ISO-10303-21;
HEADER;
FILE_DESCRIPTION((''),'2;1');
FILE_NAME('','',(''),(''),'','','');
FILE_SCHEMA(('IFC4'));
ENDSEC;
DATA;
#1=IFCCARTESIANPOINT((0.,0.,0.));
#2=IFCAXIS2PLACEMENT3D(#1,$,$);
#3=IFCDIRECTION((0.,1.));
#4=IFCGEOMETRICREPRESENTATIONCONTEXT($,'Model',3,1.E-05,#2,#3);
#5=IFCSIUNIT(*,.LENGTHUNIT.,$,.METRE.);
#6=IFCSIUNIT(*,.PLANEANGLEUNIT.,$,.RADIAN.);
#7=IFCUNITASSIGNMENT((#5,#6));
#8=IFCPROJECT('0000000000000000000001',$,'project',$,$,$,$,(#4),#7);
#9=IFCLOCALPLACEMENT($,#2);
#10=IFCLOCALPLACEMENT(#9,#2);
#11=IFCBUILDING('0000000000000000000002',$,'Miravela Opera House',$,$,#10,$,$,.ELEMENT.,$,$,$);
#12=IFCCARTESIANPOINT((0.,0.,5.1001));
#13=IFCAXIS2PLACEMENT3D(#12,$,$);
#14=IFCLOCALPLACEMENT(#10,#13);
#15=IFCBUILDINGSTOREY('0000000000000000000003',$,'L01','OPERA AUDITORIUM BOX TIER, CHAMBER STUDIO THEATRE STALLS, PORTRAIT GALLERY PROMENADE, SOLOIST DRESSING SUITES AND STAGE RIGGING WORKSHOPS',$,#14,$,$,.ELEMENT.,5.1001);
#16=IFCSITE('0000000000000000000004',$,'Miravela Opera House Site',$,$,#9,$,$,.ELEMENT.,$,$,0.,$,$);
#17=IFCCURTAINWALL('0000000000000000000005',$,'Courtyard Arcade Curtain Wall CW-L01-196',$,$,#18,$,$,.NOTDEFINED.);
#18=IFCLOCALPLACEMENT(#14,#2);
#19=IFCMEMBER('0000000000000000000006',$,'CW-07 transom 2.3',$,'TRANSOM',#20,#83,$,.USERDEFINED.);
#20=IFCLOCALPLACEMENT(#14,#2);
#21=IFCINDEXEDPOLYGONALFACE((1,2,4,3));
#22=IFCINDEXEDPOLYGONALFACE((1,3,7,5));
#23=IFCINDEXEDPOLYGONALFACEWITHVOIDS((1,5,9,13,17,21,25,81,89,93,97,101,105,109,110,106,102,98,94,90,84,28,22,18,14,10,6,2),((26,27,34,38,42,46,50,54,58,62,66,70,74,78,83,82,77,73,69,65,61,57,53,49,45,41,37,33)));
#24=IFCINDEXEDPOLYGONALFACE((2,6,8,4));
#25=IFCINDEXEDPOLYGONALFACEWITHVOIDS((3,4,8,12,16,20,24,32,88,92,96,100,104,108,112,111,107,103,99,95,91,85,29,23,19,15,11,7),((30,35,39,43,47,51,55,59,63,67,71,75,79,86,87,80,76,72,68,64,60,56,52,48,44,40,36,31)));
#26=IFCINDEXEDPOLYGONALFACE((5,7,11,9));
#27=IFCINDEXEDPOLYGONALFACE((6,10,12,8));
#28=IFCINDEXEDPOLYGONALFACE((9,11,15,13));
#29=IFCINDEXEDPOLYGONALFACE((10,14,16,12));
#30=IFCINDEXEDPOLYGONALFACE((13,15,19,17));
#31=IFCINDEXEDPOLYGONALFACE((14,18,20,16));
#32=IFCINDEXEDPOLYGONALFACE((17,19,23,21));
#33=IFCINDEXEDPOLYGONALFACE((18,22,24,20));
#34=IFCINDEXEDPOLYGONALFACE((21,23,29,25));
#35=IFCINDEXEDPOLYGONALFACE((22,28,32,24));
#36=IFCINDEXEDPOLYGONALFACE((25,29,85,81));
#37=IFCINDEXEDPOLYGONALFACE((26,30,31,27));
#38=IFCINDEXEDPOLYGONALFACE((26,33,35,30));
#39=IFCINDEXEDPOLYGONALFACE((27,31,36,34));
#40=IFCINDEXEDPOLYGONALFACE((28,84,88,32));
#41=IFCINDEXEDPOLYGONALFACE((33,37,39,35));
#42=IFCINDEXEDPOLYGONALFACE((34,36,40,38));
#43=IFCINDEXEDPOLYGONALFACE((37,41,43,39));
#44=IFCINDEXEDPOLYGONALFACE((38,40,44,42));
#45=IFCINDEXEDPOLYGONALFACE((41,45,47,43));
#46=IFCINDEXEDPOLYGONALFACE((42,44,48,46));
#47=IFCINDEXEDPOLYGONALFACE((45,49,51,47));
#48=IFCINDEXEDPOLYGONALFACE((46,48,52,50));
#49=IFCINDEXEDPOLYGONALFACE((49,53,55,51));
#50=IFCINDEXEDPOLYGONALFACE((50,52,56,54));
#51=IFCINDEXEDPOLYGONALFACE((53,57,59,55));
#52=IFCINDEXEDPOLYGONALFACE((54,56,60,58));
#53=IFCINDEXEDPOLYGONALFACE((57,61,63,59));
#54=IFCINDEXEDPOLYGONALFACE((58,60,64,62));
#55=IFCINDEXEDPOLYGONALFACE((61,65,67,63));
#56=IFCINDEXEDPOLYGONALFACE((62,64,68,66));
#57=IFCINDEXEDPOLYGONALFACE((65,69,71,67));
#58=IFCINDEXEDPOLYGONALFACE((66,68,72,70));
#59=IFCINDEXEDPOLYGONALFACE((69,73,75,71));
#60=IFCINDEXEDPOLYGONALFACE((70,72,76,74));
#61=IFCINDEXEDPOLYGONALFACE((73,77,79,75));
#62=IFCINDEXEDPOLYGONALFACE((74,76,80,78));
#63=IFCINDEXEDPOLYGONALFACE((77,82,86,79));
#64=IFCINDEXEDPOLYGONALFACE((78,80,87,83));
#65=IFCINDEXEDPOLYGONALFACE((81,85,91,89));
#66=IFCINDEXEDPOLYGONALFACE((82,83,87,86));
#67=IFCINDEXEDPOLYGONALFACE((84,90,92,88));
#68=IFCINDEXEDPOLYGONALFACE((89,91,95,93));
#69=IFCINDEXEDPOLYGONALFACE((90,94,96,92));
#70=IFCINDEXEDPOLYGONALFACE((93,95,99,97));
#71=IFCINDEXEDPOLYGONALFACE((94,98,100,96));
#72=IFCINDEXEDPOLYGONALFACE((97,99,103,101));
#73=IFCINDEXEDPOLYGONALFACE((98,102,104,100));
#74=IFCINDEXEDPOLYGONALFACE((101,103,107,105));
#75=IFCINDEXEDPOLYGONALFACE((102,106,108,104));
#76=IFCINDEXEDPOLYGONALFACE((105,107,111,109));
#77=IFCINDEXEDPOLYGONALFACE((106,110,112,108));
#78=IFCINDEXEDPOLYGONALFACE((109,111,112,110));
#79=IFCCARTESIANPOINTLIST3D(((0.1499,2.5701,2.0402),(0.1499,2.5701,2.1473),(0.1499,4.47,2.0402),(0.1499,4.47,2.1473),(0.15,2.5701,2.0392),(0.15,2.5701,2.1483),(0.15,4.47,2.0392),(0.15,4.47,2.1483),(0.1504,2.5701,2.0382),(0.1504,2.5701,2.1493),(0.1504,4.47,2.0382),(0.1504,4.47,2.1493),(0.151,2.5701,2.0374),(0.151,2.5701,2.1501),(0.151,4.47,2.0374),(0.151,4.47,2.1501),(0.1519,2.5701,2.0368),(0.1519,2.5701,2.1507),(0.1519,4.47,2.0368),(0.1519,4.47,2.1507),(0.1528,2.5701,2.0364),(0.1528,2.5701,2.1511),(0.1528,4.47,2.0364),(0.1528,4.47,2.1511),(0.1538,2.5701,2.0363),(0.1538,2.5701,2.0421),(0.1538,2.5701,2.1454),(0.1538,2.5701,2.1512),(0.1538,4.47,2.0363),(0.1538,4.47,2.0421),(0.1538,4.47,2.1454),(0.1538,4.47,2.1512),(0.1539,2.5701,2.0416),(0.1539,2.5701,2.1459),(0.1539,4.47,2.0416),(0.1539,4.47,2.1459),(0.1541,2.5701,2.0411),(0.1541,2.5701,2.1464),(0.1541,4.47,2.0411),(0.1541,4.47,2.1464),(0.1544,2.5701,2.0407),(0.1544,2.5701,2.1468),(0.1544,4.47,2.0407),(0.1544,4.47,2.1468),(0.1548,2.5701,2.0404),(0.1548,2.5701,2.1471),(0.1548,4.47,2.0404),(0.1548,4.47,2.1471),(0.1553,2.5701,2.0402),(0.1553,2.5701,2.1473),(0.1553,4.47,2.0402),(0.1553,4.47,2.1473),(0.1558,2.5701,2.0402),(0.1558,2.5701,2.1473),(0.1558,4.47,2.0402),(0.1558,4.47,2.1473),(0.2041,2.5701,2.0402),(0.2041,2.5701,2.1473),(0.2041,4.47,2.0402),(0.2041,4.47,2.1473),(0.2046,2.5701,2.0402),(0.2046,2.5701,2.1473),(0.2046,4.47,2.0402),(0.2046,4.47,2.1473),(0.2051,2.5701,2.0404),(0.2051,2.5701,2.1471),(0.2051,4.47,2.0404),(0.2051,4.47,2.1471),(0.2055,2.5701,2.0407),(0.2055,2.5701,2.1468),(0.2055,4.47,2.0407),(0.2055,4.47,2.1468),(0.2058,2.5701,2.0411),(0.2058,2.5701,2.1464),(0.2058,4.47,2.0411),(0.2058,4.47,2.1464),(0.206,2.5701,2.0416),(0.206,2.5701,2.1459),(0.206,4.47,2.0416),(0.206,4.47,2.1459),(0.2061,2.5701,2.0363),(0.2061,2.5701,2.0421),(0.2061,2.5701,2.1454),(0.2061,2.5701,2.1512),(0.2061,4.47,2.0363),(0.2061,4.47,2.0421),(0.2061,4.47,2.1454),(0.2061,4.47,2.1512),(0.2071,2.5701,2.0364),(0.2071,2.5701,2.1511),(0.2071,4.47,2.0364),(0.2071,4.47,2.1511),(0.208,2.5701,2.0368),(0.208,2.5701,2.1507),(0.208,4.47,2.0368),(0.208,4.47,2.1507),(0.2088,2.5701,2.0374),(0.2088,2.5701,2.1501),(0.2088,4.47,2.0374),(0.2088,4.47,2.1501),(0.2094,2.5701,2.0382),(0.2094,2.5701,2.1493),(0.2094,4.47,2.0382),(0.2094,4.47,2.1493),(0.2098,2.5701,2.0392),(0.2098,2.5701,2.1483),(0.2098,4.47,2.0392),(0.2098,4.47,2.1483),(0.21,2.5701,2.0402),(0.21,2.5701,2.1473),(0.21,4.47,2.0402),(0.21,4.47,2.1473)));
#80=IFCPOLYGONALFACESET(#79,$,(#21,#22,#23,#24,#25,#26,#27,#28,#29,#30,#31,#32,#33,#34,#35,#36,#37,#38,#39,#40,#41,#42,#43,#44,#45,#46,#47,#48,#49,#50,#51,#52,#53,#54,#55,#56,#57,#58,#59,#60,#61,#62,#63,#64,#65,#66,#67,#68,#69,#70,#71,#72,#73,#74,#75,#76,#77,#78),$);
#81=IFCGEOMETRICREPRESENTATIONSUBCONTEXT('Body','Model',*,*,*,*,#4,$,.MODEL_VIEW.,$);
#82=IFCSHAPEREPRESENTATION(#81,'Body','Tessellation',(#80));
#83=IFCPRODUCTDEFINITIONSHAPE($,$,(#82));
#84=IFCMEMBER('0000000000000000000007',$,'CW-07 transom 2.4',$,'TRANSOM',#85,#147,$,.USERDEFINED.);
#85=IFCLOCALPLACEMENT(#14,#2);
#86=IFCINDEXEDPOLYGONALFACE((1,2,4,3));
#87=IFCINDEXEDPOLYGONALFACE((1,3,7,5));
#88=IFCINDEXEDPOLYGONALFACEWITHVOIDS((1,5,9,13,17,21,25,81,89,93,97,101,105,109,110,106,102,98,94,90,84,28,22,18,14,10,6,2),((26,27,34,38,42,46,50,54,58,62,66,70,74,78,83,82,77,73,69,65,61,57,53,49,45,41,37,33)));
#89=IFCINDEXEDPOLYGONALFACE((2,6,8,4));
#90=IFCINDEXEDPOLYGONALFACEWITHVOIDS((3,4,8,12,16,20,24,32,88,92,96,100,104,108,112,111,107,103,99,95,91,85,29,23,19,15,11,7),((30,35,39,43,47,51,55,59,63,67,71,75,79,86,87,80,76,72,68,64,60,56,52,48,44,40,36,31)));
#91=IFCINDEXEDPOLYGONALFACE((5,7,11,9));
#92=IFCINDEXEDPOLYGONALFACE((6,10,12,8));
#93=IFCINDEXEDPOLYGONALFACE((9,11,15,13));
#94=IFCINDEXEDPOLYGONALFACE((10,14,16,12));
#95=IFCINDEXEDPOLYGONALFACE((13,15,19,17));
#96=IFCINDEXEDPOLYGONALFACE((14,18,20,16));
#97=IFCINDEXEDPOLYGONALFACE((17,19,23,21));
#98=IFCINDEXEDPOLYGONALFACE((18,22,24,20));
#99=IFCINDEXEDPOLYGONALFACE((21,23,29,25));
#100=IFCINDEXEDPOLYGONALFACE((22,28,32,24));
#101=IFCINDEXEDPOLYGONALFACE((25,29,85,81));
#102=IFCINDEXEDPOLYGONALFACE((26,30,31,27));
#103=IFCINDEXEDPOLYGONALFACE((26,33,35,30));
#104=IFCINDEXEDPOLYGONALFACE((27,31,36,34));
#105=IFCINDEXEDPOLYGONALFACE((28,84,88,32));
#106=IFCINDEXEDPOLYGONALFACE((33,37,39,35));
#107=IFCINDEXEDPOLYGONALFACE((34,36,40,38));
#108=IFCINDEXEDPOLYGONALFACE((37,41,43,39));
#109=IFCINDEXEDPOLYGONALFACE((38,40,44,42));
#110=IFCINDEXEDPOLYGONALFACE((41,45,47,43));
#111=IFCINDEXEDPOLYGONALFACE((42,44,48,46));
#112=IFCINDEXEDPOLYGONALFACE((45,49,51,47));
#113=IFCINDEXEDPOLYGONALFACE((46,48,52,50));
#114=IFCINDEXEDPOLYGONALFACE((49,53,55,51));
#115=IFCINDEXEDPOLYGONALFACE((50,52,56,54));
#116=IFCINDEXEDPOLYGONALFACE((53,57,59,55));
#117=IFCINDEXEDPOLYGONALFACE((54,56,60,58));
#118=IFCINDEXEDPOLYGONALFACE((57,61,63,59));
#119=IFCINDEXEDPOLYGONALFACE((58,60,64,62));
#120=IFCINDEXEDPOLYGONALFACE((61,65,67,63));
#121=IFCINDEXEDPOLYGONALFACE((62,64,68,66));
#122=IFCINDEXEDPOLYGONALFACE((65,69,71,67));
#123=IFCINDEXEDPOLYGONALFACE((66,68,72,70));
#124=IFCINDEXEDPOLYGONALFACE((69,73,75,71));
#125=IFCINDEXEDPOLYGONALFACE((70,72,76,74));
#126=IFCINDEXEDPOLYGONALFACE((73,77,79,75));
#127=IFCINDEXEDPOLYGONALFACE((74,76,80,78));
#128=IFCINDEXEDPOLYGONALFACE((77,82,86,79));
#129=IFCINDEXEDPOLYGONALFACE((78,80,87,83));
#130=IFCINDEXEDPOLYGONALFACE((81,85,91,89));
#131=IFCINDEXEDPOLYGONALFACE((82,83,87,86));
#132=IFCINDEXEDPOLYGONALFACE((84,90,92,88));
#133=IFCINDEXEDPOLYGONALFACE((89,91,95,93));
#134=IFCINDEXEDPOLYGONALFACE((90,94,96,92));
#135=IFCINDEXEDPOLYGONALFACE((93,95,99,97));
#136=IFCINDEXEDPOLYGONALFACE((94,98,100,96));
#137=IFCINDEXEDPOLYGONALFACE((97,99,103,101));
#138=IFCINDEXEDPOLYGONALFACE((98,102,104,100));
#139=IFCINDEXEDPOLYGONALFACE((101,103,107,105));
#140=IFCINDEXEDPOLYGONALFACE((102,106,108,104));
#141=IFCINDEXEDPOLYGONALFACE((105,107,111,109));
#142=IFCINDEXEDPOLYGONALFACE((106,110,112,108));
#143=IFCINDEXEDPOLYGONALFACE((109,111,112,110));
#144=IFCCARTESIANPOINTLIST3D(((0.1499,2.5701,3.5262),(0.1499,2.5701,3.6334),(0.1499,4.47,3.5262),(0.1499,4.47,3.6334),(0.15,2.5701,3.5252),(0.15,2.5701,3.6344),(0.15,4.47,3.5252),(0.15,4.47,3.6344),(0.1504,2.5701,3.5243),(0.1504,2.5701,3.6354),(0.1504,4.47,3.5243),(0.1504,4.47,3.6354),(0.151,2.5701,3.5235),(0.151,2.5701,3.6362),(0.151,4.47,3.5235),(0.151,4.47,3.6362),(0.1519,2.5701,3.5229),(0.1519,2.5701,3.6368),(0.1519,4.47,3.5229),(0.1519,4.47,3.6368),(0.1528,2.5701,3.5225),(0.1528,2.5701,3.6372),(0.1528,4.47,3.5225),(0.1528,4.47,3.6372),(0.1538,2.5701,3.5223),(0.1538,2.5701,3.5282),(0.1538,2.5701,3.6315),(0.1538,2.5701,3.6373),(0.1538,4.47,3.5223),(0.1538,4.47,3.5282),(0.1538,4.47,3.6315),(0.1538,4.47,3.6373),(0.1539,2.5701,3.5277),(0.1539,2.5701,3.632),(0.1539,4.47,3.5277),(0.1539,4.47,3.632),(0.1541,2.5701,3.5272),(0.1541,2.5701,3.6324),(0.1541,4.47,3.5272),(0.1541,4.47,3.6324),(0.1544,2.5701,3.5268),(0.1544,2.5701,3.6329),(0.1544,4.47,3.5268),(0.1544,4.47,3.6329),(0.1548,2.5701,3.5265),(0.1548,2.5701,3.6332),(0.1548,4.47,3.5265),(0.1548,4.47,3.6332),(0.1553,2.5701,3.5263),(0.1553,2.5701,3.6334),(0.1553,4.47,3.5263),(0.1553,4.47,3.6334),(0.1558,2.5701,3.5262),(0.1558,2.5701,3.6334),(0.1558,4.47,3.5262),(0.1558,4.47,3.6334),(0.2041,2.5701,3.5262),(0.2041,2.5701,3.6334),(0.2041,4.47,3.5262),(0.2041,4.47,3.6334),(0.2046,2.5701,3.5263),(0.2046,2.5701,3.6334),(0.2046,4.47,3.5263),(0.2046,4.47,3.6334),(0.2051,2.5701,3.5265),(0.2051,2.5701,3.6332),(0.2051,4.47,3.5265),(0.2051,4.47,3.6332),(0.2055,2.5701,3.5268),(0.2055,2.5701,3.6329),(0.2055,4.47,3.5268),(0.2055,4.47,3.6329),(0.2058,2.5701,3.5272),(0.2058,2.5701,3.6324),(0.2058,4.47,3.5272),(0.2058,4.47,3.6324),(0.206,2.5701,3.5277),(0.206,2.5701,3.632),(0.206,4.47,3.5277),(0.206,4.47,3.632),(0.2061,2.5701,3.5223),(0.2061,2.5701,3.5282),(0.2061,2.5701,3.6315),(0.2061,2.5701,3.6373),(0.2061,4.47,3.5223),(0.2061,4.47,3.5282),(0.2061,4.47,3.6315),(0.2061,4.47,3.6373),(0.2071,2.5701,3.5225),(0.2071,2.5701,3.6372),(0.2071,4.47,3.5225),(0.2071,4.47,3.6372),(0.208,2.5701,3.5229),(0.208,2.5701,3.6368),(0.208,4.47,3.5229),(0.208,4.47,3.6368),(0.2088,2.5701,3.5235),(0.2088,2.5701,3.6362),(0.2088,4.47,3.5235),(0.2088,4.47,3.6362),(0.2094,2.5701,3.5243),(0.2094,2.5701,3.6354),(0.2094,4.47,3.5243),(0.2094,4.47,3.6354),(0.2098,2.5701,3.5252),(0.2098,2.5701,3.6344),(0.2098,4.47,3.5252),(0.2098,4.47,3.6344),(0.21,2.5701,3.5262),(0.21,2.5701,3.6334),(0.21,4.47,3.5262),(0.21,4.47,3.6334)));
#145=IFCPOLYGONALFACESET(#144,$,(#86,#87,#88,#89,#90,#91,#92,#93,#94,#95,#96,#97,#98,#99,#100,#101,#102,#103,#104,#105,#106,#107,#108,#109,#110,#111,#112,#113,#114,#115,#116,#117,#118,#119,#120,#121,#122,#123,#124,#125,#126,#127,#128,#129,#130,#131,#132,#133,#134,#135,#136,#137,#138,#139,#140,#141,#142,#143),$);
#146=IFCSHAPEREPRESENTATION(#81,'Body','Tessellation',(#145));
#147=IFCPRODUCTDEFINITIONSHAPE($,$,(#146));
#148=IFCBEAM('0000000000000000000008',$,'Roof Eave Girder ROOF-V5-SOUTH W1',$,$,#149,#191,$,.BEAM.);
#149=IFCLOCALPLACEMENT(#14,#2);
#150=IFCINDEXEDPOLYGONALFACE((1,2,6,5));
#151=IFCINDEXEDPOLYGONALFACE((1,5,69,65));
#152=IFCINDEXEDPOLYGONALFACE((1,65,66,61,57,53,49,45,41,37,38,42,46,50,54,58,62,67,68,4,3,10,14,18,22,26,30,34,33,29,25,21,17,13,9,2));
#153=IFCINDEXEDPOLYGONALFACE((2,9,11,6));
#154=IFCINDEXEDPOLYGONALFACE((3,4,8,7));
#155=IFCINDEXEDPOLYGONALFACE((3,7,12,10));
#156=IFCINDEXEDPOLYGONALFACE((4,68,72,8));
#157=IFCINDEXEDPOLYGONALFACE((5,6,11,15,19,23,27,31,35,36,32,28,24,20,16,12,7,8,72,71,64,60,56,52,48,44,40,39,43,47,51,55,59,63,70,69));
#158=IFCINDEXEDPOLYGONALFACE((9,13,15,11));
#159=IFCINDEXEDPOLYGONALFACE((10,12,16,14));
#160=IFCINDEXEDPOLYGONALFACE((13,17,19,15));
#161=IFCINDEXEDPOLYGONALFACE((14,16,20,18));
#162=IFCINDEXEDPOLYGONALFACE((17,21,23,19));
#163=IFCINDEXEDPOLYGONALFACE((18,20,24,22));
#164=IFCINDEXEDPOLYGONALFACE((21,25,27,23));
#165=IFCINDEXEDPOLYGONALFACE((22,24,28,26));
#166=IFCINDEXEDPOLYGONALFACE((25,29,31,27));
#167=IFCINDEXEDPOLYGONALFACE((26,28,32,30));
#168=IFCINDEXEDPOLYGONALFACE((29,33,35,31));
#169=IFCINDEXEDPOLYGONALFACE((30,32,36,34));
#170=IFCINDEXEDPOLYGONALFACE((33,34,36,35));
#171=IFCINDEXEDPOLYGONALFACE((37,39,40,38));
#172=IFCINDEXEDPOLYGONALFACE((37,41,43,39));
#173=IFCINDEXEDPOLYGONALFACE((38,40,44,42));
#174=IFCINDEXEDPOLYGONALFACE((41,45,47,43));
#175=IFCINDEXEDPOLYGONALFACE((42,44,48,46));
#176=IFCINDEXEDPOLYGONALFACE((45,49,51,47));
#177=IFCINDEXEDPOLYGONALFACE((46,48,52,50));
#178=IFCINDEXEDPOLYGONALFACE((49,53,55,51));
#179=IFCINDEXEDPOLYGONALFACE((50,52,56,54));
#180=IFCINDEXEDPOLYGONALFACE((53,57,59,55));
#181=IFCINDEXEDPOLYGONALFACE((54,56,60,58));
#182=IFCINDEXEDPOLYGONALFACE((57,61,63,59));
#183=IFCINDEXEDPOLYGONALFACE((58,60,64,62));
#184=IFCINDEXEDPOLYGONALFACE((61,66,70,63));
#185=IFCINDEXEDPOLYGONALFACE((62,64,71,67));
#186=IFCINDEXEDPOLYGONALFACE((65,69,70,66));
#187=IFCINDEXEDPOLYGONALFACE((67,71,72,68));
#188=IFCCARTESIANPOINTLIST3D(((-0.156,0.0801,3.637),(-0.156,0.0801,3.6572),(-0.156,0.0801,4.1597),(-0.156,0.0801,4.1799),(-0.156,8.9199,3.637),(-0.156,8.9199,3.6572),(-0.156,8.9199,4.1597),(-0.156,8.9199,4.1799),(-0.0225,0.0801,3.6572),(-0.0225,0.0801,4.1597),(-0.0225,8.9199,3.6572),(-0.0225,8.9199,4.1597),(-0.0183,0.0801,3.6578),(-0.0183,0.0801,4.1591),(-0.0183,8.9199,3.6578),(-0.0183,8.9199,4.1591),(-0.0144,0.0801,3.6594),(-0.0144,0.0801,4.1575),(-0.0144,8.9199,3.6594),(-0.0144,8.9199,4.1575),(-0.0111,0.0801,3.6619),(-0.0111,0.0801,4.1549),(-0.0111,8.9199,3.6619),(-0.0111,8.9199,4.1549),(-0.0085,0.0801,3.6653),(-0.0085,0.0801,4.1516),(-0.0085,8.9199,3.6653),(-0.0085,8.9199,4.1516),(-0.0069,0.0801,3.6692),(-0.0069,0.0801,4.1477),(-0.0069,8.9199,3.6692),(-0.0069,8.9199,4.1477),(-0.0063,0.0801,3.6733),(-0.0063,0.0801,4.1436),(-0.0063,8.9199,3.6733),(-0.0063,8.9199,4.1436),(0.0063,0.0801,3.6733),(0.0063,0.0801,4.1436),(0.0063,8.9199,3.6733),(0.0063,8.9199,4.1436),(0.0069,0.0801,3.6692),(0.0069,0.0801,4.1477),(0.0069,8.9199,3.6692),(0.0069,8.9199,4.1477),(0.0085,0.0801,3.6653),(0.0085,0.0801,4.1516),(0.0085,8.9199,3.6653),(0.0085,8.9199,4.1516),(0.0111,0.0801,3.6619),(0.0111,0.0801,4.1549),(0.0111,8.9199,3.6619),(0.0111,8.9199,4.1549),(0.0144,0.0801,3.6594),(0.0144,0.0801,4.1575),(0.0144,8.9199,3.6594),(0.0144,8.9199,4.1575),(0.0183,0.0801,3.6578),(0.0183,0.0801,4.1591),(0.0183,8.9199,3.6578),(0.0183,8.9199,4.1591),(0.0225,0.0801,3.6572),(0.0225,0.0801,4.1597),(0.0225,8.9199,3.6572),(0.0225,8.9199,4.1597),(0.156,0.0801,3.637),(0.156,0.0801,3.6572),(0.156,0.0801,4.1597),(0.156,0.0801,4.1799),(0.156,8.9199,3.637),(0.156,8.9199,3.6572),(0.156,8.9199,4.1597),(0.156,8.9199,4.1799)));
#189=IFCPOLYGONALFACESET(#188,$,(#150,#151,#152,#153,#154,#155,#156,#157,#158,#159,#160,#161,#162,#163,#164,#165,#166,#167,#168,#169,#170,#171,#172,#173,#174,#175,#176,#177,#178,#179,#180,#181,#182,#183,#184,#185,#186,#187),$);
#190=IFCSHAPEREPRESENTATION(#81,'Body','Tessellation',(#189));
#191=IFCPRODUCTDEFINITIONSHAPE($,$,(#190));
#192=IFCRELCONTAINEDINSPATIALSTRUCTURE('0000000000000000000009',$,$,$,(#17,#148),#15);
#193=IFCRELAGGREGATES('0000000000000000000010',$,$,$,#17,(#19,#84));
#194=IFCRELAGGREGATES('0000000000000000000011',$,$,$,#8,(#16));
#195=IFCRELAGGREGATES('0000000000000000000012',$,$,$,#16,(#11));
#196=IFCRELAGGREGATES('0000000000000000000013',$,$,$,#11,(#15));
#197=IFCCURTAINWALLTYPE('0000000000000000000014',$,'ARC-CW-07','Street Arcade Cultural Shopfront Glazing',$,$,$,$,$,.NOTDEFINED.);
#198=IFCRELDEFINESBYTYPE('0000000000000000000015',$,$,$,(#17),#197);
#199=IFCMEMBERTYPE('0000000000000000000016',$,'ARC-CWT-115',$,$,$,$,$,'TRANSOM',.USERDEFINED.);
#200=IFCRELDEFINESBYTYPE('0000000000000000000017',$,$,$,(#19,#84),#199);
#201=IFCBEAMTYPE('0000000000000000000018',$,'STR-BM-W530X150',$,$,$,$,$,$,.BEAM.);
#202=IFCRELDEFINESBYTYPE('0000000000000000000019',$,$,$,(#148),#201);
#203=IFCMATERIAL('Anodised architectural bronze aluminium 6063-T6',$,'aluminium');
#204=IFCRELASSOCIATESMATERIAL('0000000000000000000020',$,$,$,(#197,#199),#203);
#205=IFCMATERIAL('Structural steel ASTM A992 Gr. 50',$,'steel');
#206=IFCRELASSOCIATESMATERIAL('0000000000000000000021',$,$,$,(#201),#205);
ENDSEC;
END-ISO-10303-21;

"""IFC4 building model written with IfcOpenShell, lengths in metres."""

from ifc_helpers import new_model, si_unit, direction, frame, origin, origin_2d, place, context, subcontext, project, spatial, hollow_rectangle, i_section, extrude, material, material_profile, profile_set, type_object, element, aggregate, save


model = new_model("IFC4")

# Units and contexts
model_context = context("Model", 3, precision=1e-05, world=origin(), true_north=direction((0.0, 1.0)))
body_context = subcontext(model_context, "Body", "Model", "MODEL_VIEW")
ifc_project = project(units=[si_unit("LENGTHUNIT", "METRE"), si_unit("PLANEANGLEUNIT", "RADIAN")], contexts=[model_context])

# Site, building, storey
site_placement = place(None, origin())
site = spatial("IfcSite", under=ifc_project, at=site_placement, Name="Miravela Opera House Site", CompositionType="ELEMENT", RefElevation=0.0)
building_placement = place(site_placement, origin())
building = spatial("IfcBuilding", under=site, at=building_placement, Name="Miravela Opera House", CompositionType="ELEMENT")
storey_placement = place(building_placement, frame((0.0, 0.0, 5.1001)))
storey = spatial("IfcBuildingStorey", under=building, at=storey_placement, Name="L01", Description="OPERA AUDITORIUM BOX TIER, CHAMBER STUDIO THEATRE STALLS, PORTRAIT GALLERY PROMENADE, SOLOIST DRESSING SUITES AND STAGE RIGGING WORKSHOPS", CompositionType="ELEMENT", Elevation=5.1001)

# Curtain wall, members
ifc_material_1 = material(Name="Anodised architectural bronze aluminium 6063-T6", Category="aluminium")
curtain_wall_type = type_object("IfcCurtainWallType", Name="ARC-CW-07", Description="Street Arcade Cultural Shopfront Glazing", PredefinedType="NOTDEFINED", material=ifc_material_1)
curtain_wall_placement = place(storey_placement, origin())
curtain_wall = element("IfcCurtainWall", 1, at=curtain_wall_placement, inside=storey, type_object=curtain_wall_type, Name="Courtyard Arcade Curtain Wall CW-L01-196", PredefinedType="NOTDEFINED")
ifc_material_profile_1 = material_profile(ifc_material_1, hollow_rectangle(XDim=0.0601, YDim=0.115, WallThickness=0.0039, InnerFilletRadius=0.002, OuterFilletRadius=0.0039, at=origin_2d()), Name="CWT-60X115")
ifc_profile_set_1 = profile_set([ifc_material_profile_1])
member_type_1 = type_object("IfcMemberType", Name="ARC-CWT-115", ElementType="TRANSOM", PredefinedType="USERDEFINED", material=ifc_profile_set_1)
member_1_placement = place(storey_placement, frame((0.1799, 2.5701, 2.0938), z_axis=(0.0, 1.0, 0.0), x_axis=(-1.0, 0.0, 0.0)))
member_1 = element("IfcMember", 2, at=member_1_placement, type_object=member_type_1, Name="CW-07 transom 2.3", ObjectType="TRANSOM", PredefinedType="USERDEFINED", context=body_context, shape_type="SweptSolid", body=[
    extrude(hollow_rectangle(XDim=0.0601, YDim=0.115, WallThickness=0.0039, InnerFilletRadius=0.002, OuterFilletRadius=0.0039, at=origin_2d()), origin(), (0.0, 0.0, 1.0), 1.8999),
])
member_2_placement = place(storey_placement, frame((0.1799, 2.5701, 3.5798), z_axis=(0.0, 1.0, 0.0), x_axis=(-1.0, 0.0, 0.0)))
member_2 = element("IfcMember", 3, at=member_2_placement, type_object=member_type_1, Name="CW-07 transom 2.4", ObjectType="TRANSOM", PredefinedType="USERDEFINED", context=body_context, shape_type="SweptSolid", body=[
    extrude(hollow_rectangle(XDim=0.0601, YDim=0.115, WallThickness=0.0039, InnerFilletRadius=0.002, OuterFilletRadius=0.0039, at=origin_2d()), origin(), (0.0, 0.0, 1.0), 1.8999),
])

# Beam
ifc_material_2 = material(Name="Structural steel ASTM A992 Gr. 50", Category="steel")
ifc_material_profile_2 = material_profile(ifc_material_2, i_section(OverallWidth=0.312, OverallDepth=0.543, WebThickness=0.0127, FlangeThickness=0.0203, FilletRadius=0.0161, at=origin_2d()), Name="W530X150")
ifc_profile_set_2 = profile_set([ifc_material_profile_2])
beam_type = type_object("IfcBeamType", Name="STR-BM-W530X150", PredefinedType="BEAM", material=ifc_profile_set_2)
for number, where, z_axis, x_axis, name in (
    (4, (0.0, 0.0801, 3.9084), (0.0, 1.0, 0.0), (-1.0, 0.0, 0.0), "Roof Eave Girder ROOF-V5-SOUTH W1"),
):
    element("IfcBeam", number, at=place(storey_placement, frame(where, z_axis=z_axis, x_axis=x_axis)), inside=storey, type_object=beam_type, Name=name, PredefinedType="BEAM", context=body_context, shape_type="SweptSolid", body=[
        extrude(i_section(OverallWidth=0.312, OverallDepth=0.543, WebThickness=0.0127, FlangeThickness=0.0203, FilletRadius=0.0161, at=origin_2d()), origin(), (0.0, 0.0, 1.0), 8.8398),
    ])

aggregate(curtain_wall, [member_1, member_2])

save(model, "model.ifc")
